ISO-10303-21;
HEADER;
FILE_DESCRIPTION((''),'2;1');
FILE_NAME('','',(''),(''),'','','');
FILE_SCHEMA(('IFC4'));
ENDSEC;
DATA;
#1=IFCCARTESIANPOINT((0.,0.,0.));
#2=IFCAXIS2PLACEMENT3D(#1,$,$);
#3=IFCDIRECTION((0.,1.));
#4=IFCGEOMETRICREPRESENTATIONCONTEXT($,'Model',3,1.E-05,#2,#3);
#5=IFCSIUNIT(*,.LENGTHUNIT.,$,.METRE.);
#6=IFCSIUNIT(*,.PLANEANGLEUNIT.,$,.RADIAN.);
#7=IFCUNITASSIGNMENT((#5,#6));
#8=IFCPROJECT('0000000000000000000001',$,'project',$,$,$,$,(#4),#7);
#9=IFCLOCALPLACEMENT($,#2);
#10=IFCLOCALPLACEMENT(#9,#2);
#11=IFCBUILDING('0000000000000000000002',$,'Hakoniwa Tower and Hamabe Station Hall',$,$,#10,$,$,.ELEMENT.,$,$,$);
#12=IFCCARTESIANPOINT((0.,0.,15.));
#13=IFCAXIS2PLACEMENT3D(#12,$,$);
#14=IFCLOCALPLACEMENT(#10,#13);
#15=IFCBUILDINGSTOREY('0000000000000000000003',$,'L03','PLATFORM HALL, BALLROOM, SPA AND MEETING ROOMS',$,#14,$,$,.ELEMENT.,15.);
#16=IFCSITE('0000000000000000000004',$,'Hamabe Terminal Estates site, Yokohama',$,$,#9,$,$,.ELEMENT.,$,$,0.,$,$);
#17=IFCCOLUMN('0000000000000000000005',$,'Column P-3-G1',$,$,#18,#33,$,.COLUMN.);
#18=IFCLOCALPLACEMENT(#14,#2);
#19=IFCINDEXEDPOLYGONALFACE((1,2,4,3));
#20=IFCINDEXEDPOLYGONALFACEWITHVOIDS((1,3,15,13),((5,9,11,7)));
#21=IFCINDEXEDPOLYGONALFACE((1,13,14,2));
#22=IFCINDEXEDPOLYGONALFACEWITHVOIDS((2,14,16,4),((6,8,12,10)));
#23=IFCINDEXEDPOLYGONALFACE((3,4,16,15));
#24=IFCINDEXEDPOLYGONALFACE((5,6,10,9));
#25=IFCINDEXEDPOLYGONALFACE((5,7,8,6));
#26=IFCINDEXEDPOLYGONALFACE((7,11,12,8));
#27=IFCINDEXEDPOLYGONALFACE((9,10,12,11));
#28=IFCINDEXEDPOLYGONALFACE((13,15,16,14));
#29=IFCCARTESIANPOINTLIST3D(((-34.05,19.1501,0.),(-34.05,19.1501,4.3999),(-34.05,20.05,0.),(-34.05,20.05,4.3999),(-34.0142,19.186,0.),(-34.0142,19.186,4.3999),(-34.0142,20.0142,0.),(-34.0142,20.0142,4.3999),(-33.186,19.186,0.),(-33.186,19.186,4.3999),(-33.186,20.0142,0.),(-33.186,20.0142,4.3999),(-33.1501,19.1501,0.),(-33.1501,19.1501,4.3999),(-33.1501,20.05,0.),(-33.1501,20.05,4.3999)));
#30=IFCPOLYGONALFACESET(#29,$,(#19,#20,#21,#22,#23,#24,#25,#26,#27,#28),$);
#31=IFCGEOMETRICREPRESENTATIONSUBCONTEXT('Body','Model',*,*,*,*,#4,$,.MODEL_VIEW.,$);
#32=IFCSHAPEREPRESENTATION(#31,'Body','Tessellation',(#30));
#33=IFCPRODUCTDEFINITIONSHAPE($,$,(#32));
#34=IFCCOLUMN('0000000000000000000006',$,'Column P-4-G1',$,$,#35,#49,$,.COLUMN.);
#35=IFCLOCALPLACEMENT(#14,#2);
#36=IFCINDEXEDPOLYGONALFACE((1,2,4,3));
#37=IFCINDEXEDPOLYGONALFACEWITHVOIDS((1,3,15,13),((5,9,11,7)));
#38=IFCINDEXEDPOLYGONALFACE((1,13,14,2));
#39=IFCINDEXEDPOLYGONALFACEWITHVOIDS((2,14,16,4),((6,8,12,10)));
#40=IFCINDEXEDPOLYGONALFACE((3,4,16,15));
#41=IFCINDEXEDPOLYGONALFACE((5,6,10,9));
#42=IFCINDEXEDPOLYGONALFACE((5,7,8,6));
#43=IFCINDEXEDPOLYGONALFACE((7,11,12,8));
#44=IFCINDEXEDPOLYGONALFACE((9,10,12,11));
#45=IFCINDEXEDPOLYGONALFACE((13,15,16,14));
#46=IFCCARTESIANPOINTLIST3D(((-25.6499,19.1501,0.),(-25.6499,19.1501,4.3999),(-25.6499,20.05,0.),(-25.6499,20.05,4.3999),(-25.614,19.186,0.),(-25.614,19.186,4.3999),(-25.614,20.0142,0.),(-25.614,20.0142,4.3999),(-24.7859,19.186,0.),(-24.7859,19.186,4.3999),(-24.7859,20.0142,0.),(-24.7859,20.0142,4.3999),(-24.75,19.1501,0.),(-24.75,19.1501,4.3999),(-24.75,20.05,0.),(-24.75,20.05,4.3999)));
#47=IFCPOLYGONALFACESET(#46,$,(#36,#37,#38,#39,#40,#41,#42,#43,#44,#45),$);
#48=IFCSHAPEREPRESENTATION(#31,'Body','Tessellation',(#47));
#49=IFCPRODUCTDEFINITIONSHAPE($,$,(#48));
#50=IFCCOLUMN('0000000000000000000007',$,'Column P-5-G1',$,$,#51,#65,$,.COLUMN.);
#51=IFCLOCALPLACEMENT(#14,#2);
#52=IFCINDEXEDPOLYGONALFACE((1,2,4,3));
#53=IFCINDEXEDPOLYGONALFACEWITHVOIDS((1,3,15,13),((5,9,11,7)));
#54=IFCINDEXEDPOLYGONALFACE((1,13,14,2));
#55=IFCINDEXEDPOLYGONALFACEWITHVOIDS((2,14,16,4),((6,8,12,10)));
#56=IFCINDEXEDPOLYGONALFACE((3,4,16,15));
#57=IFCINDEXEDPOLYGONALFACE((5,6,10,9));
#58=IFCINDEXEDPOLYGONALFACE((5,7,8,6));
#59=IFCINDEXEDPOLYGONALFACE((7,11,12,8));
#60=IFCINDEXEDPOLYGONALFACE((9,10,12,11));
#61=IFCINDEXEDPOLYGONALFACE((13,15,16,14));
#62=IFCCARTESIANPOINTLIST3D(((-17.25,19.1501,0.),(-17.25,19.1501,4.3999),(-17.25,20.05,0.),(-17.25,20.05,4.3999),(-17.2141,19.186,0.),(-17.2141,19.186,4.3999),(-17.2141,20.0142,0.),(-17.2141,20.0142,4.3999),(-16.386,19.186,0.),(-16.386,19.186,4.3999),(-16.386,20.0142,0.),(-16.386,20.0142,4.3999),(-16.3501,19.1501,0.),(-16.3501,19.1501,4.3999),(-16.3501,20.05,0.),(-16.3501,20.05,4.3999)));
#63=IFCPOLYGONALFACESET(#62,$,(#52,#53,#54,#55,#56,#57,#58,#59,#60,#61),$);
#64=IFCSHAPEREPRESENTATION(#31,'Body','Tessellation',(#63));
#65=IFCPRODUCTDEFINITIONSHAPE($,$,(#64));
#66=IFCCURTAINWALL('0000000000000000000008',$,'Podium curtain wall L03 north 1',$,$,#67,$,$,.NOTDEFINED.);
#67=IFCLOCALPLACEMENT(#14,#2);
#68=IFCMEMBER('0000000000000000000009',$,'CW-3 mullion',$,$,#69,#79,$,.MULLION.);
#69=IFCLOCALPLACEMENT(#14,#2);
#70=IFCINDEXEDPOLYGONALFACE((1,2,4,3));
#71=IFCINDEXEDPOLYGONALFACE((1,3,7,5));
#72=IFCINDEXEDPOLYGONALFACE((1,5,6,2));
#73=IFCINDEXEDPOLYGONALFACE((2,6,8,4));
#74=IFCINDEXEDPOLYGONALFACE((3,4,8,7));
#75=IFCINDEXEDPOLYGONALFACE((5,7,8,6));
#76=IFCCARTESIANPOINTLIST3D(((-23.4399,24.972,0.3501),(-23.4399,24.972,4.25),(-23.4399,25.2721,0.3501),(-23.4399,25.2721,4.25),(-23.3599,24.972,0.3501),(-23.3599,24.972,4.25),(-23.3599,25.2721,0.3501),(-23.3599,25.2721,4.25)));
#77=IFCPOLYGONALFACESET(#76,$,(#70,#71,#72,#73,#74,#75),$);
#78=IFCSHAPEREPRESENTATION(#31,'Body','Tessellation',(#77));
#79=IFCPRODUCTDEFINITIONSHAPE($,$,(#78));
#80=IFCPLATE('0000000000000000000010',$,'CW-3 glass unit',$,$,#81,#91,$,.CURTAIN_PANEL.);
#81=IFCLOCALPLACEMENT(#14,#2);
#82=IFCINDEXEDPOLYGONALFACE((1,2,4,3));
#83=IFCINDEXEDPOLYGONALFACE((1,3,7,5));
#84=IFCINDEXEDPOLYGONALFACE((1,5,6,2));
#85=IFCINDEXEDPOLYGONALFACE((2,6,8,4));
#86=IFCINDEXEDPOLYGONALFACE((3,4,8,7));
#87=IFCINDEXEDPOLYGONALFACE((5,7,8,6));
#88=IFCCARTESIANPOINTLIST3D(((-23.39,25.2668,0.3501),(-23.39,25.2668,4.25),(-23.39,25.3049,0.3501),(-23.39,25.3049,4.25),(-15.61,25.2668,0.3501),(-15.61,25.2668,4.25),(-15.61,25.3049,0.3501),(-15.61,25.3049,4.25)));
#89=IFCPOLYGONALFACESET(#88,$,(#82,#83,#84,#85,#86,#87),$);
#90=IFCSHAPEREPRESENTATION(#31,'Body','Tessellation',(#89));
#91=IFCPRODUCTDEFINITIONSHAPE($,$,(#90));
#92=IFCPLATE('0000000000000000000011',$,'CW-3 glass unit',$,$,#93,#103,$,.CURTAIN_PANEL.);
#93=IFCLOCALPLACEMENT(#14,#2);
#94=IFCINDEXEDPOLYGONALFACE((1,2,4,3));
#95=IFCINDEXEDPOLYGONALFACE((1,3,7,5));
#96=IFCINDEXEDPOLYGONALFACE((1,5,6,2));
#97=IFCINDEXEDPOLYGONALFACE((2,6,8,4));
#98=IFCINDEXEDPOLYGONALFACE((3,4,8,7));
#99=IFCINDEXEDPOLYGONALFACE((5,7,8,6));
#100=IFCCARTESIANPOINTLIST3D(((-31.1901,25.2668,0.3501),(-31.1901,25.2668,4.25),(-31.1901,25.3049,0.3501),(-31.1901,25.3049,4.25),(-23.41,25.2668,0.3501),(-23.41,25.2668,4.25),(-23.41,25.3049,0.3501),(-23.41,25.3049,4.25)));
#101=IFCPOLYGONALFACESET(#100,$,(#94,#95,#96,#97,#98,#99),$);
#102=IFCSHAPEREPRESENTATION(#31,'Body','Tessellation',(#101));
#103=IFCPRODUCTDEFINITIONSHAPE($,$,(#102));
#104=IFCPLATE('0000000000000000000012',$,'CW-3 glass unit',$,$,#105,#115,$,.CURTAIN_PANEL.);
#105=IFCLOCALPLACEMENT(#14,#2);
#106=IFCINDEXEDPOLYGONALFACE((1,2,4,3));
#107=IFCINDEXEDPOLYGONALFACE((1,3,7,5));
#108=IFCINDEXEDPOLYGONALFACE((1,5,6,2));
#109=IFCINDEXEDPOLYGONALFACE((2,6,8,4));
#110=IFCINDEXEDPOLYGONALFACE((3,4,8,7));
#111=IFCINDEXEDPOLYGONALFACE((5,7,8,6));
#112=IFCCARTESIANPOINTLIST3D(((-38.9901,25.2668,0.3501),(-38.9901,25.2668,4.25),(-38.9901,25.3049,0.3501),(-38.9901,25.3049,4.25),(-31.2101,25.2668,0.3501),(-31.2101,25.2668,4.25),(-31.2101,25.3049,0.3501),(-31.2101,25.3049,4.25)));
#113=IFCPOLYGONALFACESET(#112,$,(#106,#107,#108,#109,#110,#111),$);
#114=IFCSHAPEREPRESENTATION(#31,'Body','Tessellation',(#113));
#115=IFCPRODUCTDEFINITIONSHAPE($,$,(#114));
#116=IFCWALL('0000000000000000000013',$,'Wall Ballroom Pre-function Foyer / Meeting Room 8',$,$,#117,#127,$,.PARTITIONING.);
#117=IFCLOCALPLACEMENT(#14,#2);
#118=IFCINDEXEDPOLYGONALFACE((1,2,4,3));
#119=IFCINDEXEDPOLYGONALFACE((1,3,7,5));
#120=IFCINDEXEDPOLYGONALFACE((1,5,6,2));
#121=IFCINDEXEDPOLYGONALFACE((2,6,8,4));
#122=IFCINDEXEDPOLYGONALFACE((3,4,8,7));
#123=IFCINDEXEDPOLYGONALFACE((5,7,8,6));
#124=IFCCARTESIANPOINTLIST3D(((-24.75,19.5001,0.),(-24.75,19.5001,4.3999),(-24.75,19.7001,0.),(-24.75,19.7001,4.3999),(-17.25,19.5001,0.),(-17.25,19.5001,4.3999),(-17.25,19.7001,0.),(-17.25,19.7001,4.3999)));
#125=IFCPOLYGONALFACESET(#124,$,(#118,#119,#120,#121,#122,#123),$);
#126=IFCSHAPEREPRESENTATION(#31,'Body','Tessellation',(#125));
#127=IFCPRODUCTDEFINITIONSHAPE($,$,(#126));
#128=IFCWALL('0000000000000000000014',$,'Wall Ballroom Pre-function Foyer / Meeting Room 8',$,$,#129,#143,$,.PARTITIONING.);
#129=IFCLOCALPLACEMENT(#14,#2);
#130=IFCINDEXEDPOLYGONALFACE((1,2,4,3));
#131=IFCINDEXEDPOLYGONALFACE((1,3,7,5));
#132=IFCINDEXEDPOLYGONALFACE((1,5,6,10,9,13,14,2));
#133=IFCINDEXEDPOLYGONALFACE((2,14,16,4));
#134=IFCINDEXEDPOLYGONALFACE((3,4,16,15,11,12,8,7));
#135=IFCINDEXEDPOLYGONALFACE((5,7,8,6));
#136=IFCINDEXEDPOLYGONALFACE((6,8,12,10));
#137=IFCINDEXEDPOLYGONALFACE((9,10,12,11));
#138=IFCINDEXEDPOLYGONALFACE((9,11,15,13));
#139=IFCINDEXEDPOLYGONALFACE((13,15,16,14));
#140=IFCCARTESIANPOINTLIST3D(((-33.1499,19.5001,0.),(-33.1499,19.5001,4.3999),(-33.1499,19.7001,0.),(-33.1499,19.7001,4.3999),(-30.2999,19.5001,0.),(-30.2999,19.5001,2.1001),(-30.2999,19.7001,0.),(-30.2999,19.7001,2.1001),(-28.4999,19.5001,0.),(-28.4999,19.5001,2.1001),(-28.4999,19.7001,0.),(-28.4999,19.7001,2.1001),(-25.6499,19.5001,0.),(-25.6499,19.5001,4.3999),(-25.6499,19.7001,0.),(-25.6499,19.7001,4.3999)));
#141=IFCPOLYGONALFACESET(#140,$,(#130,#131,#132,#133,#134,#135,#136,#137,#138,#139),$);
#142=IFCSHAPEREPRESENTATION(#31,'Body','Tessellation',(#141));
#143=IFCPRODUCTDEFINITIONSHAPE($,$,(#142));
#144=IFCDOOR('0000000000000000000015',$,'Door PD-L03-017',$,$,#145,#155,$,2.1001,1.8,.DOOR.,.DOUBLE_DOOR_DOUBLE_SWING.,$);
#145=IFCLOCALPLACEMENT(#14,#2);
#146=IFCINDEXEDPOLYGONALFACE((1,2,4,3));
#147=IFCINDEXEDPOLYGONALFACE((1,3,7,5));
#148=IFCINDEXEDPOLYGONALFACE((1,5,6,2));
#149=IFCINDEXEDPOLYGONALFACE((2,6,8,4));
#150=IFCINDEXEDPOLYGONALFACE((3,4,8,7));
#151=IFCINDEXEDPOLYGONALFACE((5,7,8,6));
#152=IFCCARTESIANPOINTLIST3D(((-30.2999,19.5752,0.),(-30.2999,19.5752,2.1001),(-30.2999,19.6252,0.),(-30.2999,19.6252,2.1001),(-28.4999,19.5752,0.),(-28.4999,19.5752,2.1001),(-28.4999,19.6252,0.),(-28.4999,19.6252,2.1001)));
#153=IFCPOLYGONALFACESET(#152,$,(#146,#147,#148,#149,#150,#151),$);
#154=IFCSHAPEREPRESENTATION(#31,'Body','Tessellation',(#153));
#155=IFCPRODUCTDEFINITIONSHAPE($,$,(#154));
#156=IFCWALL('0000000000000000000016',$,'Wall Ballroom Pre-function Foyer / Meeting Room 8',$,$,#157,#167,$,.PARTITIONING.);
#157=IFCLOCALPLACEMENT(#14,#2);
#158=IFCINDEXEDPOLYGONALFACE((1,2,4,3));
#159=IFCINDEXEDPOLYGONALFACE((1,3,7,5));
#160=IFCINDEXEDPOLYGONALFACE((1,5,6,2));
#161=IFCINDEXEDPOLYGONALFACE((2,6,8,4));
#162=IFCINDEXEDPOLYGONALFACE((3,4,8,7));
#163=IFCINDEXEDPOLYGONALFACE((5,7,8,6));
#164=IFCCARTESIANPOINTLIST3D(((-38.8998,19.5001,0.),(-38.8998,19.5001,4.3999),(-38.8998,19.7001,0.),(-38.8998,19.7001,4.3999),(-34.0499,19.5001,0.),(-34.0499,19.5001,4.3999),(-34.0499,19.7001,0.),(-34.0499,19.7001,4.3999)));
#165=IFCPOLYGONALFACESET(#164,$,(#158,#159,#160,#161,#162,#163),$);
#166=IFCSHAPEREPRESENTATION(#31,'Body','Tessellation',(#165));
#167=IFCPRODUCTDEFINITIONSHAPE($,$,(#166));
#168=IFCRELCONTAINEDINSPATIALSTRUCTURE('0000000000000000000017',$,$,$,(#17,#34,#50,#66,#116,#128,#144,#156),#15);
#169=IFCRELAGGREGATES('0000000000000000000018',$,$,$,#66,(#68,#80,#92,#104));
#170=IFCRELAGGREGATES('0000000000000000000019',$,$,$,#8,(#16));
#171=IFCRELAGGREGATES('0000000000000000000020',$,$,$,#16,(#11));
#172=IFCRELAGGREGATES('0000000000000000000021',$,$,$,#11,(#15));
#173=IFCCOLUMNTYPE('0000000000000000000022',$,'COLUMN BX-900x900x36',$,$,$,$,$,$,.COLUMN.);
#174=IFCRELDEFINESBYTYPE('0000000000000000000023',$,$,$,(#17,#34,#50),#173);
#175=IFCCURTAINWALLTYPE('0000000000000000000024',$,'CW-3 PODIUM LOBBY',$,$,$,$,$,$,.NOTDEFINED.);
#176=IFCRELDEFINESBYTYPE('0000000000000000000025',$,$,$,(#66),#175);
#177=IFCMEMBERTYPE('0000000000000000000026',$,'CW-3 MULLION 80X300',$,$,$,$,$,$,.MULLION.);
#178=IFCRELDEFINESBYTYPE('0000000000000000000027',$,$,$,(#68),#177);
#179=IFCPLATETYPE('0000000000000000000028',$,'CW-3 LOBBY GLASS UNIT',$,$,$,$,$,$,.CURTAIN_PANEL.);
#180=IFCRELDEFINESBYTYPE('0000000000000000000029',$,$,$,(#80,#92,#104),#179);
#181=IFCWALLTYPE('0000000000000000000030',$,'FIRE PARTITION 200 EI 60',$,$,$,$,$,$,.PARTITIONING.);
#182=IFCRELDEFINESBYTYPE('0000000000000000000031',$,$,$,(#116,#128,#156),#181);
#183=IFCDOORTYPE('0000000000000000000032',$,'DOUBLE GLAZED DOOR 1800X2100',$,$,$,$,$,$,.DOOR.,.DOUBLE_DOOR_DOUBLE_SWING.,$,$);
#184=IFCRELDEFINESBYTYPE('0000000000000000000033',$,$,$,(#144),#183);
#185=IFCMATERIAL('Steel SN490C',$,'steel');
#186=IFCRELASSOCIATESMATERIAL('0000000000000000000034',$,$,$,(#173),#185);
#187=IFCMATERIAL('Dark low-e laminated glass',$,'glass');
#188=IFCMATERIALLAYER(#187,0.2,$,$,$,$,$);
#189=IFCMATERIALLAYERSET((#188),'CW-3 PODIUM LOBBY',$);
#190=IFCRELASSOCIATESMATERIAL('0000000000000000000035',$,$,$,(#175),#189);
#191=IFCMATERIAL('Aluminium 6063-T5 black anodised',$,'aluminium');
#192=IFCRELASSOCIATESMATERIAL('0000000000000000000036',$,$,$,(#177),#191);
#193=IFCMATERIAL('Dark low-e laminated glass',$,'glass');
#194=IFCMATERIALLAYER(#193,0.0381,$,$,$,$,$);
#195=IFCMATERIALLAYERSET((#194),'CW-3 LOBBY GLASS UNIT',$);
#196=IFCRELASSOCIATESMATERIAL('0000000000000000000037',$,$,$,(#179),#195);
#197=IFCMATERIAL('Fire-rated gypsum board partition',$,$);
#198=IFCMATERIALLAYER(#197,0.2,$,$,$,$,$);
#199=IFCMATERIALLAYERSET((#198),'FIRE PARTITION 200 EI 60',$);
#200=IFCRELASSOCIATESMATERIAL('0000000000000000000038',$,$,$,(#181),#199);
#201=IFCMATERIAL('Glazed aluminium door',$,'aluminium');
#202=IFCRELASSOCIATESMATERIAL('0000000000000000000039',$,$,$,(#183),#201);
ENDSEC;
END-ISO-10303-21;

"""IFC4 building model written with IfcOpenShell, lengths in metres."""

from ifc_helpers import new_model, si_unit, direction, frame, frame_2d, origin, origin_2d, place, context, subcontext, project, spatial, rectangle, hollow_rectangle, extrude, material, layer, layer_set, material_profile, profile_set, type_object, element, fill, aggregate, save


model = new_model("IFC4")

# Units and contexts
model_context = context("Model", 3, precision=1e-05, world=origin(), true_north=direction((0.0, 1.0)))
body_context = subcontext(model_context, "Body", "Model", "MODEL_VIEW")
ifc_project = project(units=[si_unit("LENGTHUNIT", "METRE"), si_unit("PLANEANGLEUNIT", "RADIAN")], contexts=[model_context])

# Site, building, storey
site_placement = place(None, origin())
site = spatial("IfcSite", under=ifc_project, at=site_placement, Name="Hamabe Terminal Estates site, Yokohama", CompositionType="ELEMENT", RefElevation=0.0)
building_placement = place(site_placement, origin())
building = spatial("IfcBuilding", under=site, at=building_placement, Name="Hakoniwa Tower and Hamabe Station Hall", CompositionType="ELEMENT")
storey_placement = place(building_placement, frame((0.0, 0.0, 15.0)))
storey = spatial("IfcBuildingStorey", under=building, at=storey_placement, Name="L03", Description="PLATFORM HALL, BALLROOM, SPA AND MEETING ROOMS", CompositionType="ELEMENT", Elevation=15.0)

# Columns
ifc_material_1 = material(Name="Steel SN490C", Category="steel")
ifc_material_profile_1 = material_profile(ifc_material_1, hollow_rectangle(XDim=0.8999, YDim=0.8999, WallThickness=0.0359, at=origin_2d()), Name="BX-900x900x36")
ifc_profile_set_1 = profile_set([ifc_material_profile_1], Name="Steel SN490C")
column_type_1 = type_object("IfcColumnType", Name="COLUMN BX-900x900x36", PredefinedType="COLUMN", material=ifc_profile_set_1)
for number, where, z_axis, x_axis, name in (
    (1, (-33.6001, 19.6001, 0.0), (0.0, 0.0, 1.0), (1.0, 0.0, 0.0), "Column P-3-G1"),
    (2, (-25.2, 19.6001, 0.0), (0.0, 0.0, 1.0), (1.0, 0.0, 0.0), "Column P-4-G1"),
    (3, (-16.8, 19.6001, 0.0), (0.0, 0.0, 1.0), (1.0, 0.0, 0.0), "Column P-5-G1"),
):
    element("IfcColumn", number, at=place(storey_placement, frame(where, z_axis=z_axis, x_axis=x_axis)), inside=storey, type_object=column_type_1, Name=name, PredefinedType="COLUMN", context=body_context, shape_type="SweptSolid", body=[
        extrude(hollow_rectangle(XDim=0.8999, YDim=0.8999, WallThickness=0.0359, at=origin_2d()), origin(), (0.0, 0.0, 1.0), 4.3999),
    ])

# Curtain wall, member, plates
ifc_material_2 = material(Name="Dark low-e laminated glass", Category="glass")
ifc_layer_1 = layer(ifc_material_2, 0.2)
ifc_layer_set_1 = layer_set([ifc_layer_1], Name="CW-3 PODIUM LOBBY")
curtain_wall_type = type_object("IfcCurtainWallType", Name="CW-3 PODIUM LOBBY", PredefinedType="NOTDEFINED", material=ifc_layer_set_1)
curtain_wall_placement = place(storey_placement, origin())
curtain_wall = element("IfcCurtainWall", 4, at=curtain_wall_placement, inside=storey, type_object=curtain_wall_type, Name="Podium curtain wall L03 north 1", PredefinedType="NOTDEFINED")
ifc_material_3 = material(Name="Aluminium 6063-T5 black anodised", Category="aluminium")
ifc_material_profile_2 = material_profile(ifc_material_3, rectangle(XDim=0.0801, YDim=0.3, at=origin_2d()), Name="CW-3 MULLION 80X300")
ifc_profile_set_2 = profile_set([ifc_material_profile_2], Name="Aluminium 6063-T5 black anodised")
member_type = type_object("IfcMemberType", Name="CW-3 MULLION 80X300", PredefinedType="MULLION", material=ifc_profile_set_2)
member_placement = place(storey_placement, frame((-23.3999, 25.1221, 0.3501), z_axis=(0.0, 0.0, 1.0), x_axis=(-1.0, 0.0, 0.0)))
member = element("IfcMember", 5, at=member_placement, type_object=member_type, Name="CW-3 mullion", PredefinedType="MULLION", context=body_context, shape_type="SweptSolid", body=[
    extrude(rectangle(XDim=0.0801, YDim=0.3, at=origin_2d()), origin(), (0.0, 0.0, 1.0), 3.8999),
])
ifc_material_4 = material(Name="Dark low-e laminated glass", Category="glass")
ifc_layer_2 = layer(ifc_material_4, 0.0381)
ifc_layer_set_2 = layer_set([ifc_layer_2], Name="CW-3 LOBBY GLASS UNIT")
plate_type = type_object("IfcPlateType", Name="CW-3 LOBBY GLASS UNIT", PredefinedType="CURTAIN_PANEL", material=ifc_layer_set_2)
plate_1_placement = place(storey_placement, frame((-19.5, 25.2859, 0.3501), z_axis=(0.0, 0.0, 1.0), x_axis=(-1.0, 0.0, 0.0)))
plate_1 = element("IfcPlate", 6, at=plate_1_placement, type_object=plate_type, Name="CW-3 glass unit", PredefinedType="CURTAIN_PANEL", context=body_context, shape_type="SweptSolid", body=[
    extrude(rectangle(XDim=7.78, YDim=0.0381, at=origin_2d()), origin(), (0.0, 0.0, 1.0), 3.8999),
])
plate_2_placement = place(storey_placement, frame((-27.3, 25.2859, 0.3501), z_axis=(0.0, 0.0, 1.0), x_axis=(-1.0, 0.0, 0.0)))
plate_2 = element("IfcPlate", 7, at=plate_2_placement, type_object=plate_type, Name="CW-3 glass unit", PredefinedType="CURTAIN_PANEL", context=body_context, shape_type="SweptSolid", body=[
    extrude(rectangle(XDim=7.78, YDim=0.0381, at=origin_2d()), origin(), (0.0, 0.0, 1.0), 3.8999),
])
plate_3_placement = place(storey_placement, frame((-35.1001, 25.2859, 0.3501), z_axis=(0.0, 0.0, 1.0), x_axis=(-1.0, 0.0, 0.0)))
plate_3 = element("IfcPlate", 8, at=plate_3_placement, type_object=plate_type, Name="CW-3 glass unit", PredefinedType="CURTAIN_PANEL", context=body_context, shape_type="SweptSolid", body=[
    extrude(rectangle(XDim=7.78, YDim=0.0381, at=origin_2d()), origin(), (0.0, 0.0, 1.0), 3.8999),
])
aggregate(curtain_wall, [member, plate_1, plate_2, plate_3])

# Wall
ifc_material_5 = material(Name="Fire-rated gypsum board partition")
ifc_layer_3 = layer(ifc_material_5, 0.2)
ifc_layer_set_3 = layer_set([ifc_layer_3], Name="FIRE PARTITION 200 EI 60")
wall_type = type_object("IfcWallType", Name="FIRE PARTITION 200 EI 60", PredefinedType="PARTITIONING", material=ifc_layer_set_3)
wall_1_placement = place(storey_placement, frame((-17.25, 19.6001, 0.0), z_axis=(0.0, 0.0, 1.0), x_axis=(-1.0, 0.0, 0.0)))
element("IfcWall", 9, at=wall_1_placement, inside=storey, type_object=wall_type, Name="Wall Ballroom Pre-function Foyer / Meeting Room 8", PredefinedType="PARTITIONING", context=body_context, shape_type="SweptSolid", body=[
    extrude(rectangle(XDim=7.5, YDim=0.2, at=frame_2d((3.75, 0.0))), origin(), (0.0, 0.0, 1.0), 4.3999),
])

# Wall, opening, door
wall_2_placement = place(storey_placement, frame((-25.6499, 19.6001, 0.0), z_axis=(0.0, 0.0, 1.0), x_axis=(-1.0, 0.0, 0.0)))
wall_2 = element("IfcWall", 10, at=wall_2_placement, inside=storey, type_object=wall_type, Name="Wall Ballroom Pre-function Foyer / Meeting Room 8", PredefinedType="PARTITIONING", context=body_context, shape_type="SweptSolid", body=[
    extrude(rectangle(XDim=7.5, YDim=0.2, at=frame_2d((3.75, 0.0))), origin(), (0.0, 0.0, 1.0), 4.3999),
])
opening_1_placement = place(wall_2_placement, frame((2.8501, 0.0, 0.0)))
opening_1 = element("IfcOpeningElement", 11, at=opening_1_placement, cuts=wall_2, PredefinedType="OPENING", context=body_context, shape_type="SweptSolid", body=[
    extrude(rectangle(XDim=1.8, YDim=2.1001, at=frame_2d((0.8999, 1.05))), frame((0.0, 0.1099, 0.0), z_axis=(0.0, -1.0, 0.0), x_axis=(1.0, 0.0, 0.0)), (0.0, 0.0, 1.0), 0.22),
])
ifc_material_6 = material(Name="Glazed aluminium door", Category="aluminium")
door_type_1 = type_object("IfcDoorType", Name="DOUBLE GLAZED DOOR 1800X2100", OperationType="DOUBLE_DOOR_DOUBLE_SWING", PredefinedType="DOOR", material=ifc_material_6)
door_1_placement = place(opening_1_placement, origin())
door_1 = element("IfcDoor", 12, at=door_1_placement, inside=storey, type_object=door_type_1, Name="Door PD-L03-017", OperationType="DOUBLE_DOOR_DOUBLE_SWING", OverallHeight=2.1001, OverallWidth=1.8, PredefinedType="DOOR", context=body_context, shape_type="SweptSolid", body=[
    extrude(rectangle(XDim=1.8, YDim=2.1001, at=frame_2d((0.8999, 1.05))), frame((0.0, 0.0249, 0.0), z_axis=(0.0, -1.0, 0.0), x_axis=(1.0, 0.0, 0.0)), (0.0, 0.0, 1.0), 0.05),
])
fill(opening_1, door_1)

# Wall
wall_3_placement = place(storey_placement, frame((-34.05, 19.6001, 0.0), z_axis=(0.0, 0.0, 1.0), x_axis=(-1.0, 0.0, 0.0)))
element("IfcWall", 13, at=wall_3_placement, inside=storey, type_object=wall_type, Name="Wall Ballroom Pre-function Foyer / Meeting Room 8", PredefinedType="PARTITIONING", context=body_context, shape_type="SweptSolid", body=[
    extrude(rectangle(XDim=4.8499, YDim=0.2, at=frame_2d((2.4248, 0.0))), origin(), (0.0, 0.0, 1.0), 4.3999),
])

save(model, "model.ifc")
